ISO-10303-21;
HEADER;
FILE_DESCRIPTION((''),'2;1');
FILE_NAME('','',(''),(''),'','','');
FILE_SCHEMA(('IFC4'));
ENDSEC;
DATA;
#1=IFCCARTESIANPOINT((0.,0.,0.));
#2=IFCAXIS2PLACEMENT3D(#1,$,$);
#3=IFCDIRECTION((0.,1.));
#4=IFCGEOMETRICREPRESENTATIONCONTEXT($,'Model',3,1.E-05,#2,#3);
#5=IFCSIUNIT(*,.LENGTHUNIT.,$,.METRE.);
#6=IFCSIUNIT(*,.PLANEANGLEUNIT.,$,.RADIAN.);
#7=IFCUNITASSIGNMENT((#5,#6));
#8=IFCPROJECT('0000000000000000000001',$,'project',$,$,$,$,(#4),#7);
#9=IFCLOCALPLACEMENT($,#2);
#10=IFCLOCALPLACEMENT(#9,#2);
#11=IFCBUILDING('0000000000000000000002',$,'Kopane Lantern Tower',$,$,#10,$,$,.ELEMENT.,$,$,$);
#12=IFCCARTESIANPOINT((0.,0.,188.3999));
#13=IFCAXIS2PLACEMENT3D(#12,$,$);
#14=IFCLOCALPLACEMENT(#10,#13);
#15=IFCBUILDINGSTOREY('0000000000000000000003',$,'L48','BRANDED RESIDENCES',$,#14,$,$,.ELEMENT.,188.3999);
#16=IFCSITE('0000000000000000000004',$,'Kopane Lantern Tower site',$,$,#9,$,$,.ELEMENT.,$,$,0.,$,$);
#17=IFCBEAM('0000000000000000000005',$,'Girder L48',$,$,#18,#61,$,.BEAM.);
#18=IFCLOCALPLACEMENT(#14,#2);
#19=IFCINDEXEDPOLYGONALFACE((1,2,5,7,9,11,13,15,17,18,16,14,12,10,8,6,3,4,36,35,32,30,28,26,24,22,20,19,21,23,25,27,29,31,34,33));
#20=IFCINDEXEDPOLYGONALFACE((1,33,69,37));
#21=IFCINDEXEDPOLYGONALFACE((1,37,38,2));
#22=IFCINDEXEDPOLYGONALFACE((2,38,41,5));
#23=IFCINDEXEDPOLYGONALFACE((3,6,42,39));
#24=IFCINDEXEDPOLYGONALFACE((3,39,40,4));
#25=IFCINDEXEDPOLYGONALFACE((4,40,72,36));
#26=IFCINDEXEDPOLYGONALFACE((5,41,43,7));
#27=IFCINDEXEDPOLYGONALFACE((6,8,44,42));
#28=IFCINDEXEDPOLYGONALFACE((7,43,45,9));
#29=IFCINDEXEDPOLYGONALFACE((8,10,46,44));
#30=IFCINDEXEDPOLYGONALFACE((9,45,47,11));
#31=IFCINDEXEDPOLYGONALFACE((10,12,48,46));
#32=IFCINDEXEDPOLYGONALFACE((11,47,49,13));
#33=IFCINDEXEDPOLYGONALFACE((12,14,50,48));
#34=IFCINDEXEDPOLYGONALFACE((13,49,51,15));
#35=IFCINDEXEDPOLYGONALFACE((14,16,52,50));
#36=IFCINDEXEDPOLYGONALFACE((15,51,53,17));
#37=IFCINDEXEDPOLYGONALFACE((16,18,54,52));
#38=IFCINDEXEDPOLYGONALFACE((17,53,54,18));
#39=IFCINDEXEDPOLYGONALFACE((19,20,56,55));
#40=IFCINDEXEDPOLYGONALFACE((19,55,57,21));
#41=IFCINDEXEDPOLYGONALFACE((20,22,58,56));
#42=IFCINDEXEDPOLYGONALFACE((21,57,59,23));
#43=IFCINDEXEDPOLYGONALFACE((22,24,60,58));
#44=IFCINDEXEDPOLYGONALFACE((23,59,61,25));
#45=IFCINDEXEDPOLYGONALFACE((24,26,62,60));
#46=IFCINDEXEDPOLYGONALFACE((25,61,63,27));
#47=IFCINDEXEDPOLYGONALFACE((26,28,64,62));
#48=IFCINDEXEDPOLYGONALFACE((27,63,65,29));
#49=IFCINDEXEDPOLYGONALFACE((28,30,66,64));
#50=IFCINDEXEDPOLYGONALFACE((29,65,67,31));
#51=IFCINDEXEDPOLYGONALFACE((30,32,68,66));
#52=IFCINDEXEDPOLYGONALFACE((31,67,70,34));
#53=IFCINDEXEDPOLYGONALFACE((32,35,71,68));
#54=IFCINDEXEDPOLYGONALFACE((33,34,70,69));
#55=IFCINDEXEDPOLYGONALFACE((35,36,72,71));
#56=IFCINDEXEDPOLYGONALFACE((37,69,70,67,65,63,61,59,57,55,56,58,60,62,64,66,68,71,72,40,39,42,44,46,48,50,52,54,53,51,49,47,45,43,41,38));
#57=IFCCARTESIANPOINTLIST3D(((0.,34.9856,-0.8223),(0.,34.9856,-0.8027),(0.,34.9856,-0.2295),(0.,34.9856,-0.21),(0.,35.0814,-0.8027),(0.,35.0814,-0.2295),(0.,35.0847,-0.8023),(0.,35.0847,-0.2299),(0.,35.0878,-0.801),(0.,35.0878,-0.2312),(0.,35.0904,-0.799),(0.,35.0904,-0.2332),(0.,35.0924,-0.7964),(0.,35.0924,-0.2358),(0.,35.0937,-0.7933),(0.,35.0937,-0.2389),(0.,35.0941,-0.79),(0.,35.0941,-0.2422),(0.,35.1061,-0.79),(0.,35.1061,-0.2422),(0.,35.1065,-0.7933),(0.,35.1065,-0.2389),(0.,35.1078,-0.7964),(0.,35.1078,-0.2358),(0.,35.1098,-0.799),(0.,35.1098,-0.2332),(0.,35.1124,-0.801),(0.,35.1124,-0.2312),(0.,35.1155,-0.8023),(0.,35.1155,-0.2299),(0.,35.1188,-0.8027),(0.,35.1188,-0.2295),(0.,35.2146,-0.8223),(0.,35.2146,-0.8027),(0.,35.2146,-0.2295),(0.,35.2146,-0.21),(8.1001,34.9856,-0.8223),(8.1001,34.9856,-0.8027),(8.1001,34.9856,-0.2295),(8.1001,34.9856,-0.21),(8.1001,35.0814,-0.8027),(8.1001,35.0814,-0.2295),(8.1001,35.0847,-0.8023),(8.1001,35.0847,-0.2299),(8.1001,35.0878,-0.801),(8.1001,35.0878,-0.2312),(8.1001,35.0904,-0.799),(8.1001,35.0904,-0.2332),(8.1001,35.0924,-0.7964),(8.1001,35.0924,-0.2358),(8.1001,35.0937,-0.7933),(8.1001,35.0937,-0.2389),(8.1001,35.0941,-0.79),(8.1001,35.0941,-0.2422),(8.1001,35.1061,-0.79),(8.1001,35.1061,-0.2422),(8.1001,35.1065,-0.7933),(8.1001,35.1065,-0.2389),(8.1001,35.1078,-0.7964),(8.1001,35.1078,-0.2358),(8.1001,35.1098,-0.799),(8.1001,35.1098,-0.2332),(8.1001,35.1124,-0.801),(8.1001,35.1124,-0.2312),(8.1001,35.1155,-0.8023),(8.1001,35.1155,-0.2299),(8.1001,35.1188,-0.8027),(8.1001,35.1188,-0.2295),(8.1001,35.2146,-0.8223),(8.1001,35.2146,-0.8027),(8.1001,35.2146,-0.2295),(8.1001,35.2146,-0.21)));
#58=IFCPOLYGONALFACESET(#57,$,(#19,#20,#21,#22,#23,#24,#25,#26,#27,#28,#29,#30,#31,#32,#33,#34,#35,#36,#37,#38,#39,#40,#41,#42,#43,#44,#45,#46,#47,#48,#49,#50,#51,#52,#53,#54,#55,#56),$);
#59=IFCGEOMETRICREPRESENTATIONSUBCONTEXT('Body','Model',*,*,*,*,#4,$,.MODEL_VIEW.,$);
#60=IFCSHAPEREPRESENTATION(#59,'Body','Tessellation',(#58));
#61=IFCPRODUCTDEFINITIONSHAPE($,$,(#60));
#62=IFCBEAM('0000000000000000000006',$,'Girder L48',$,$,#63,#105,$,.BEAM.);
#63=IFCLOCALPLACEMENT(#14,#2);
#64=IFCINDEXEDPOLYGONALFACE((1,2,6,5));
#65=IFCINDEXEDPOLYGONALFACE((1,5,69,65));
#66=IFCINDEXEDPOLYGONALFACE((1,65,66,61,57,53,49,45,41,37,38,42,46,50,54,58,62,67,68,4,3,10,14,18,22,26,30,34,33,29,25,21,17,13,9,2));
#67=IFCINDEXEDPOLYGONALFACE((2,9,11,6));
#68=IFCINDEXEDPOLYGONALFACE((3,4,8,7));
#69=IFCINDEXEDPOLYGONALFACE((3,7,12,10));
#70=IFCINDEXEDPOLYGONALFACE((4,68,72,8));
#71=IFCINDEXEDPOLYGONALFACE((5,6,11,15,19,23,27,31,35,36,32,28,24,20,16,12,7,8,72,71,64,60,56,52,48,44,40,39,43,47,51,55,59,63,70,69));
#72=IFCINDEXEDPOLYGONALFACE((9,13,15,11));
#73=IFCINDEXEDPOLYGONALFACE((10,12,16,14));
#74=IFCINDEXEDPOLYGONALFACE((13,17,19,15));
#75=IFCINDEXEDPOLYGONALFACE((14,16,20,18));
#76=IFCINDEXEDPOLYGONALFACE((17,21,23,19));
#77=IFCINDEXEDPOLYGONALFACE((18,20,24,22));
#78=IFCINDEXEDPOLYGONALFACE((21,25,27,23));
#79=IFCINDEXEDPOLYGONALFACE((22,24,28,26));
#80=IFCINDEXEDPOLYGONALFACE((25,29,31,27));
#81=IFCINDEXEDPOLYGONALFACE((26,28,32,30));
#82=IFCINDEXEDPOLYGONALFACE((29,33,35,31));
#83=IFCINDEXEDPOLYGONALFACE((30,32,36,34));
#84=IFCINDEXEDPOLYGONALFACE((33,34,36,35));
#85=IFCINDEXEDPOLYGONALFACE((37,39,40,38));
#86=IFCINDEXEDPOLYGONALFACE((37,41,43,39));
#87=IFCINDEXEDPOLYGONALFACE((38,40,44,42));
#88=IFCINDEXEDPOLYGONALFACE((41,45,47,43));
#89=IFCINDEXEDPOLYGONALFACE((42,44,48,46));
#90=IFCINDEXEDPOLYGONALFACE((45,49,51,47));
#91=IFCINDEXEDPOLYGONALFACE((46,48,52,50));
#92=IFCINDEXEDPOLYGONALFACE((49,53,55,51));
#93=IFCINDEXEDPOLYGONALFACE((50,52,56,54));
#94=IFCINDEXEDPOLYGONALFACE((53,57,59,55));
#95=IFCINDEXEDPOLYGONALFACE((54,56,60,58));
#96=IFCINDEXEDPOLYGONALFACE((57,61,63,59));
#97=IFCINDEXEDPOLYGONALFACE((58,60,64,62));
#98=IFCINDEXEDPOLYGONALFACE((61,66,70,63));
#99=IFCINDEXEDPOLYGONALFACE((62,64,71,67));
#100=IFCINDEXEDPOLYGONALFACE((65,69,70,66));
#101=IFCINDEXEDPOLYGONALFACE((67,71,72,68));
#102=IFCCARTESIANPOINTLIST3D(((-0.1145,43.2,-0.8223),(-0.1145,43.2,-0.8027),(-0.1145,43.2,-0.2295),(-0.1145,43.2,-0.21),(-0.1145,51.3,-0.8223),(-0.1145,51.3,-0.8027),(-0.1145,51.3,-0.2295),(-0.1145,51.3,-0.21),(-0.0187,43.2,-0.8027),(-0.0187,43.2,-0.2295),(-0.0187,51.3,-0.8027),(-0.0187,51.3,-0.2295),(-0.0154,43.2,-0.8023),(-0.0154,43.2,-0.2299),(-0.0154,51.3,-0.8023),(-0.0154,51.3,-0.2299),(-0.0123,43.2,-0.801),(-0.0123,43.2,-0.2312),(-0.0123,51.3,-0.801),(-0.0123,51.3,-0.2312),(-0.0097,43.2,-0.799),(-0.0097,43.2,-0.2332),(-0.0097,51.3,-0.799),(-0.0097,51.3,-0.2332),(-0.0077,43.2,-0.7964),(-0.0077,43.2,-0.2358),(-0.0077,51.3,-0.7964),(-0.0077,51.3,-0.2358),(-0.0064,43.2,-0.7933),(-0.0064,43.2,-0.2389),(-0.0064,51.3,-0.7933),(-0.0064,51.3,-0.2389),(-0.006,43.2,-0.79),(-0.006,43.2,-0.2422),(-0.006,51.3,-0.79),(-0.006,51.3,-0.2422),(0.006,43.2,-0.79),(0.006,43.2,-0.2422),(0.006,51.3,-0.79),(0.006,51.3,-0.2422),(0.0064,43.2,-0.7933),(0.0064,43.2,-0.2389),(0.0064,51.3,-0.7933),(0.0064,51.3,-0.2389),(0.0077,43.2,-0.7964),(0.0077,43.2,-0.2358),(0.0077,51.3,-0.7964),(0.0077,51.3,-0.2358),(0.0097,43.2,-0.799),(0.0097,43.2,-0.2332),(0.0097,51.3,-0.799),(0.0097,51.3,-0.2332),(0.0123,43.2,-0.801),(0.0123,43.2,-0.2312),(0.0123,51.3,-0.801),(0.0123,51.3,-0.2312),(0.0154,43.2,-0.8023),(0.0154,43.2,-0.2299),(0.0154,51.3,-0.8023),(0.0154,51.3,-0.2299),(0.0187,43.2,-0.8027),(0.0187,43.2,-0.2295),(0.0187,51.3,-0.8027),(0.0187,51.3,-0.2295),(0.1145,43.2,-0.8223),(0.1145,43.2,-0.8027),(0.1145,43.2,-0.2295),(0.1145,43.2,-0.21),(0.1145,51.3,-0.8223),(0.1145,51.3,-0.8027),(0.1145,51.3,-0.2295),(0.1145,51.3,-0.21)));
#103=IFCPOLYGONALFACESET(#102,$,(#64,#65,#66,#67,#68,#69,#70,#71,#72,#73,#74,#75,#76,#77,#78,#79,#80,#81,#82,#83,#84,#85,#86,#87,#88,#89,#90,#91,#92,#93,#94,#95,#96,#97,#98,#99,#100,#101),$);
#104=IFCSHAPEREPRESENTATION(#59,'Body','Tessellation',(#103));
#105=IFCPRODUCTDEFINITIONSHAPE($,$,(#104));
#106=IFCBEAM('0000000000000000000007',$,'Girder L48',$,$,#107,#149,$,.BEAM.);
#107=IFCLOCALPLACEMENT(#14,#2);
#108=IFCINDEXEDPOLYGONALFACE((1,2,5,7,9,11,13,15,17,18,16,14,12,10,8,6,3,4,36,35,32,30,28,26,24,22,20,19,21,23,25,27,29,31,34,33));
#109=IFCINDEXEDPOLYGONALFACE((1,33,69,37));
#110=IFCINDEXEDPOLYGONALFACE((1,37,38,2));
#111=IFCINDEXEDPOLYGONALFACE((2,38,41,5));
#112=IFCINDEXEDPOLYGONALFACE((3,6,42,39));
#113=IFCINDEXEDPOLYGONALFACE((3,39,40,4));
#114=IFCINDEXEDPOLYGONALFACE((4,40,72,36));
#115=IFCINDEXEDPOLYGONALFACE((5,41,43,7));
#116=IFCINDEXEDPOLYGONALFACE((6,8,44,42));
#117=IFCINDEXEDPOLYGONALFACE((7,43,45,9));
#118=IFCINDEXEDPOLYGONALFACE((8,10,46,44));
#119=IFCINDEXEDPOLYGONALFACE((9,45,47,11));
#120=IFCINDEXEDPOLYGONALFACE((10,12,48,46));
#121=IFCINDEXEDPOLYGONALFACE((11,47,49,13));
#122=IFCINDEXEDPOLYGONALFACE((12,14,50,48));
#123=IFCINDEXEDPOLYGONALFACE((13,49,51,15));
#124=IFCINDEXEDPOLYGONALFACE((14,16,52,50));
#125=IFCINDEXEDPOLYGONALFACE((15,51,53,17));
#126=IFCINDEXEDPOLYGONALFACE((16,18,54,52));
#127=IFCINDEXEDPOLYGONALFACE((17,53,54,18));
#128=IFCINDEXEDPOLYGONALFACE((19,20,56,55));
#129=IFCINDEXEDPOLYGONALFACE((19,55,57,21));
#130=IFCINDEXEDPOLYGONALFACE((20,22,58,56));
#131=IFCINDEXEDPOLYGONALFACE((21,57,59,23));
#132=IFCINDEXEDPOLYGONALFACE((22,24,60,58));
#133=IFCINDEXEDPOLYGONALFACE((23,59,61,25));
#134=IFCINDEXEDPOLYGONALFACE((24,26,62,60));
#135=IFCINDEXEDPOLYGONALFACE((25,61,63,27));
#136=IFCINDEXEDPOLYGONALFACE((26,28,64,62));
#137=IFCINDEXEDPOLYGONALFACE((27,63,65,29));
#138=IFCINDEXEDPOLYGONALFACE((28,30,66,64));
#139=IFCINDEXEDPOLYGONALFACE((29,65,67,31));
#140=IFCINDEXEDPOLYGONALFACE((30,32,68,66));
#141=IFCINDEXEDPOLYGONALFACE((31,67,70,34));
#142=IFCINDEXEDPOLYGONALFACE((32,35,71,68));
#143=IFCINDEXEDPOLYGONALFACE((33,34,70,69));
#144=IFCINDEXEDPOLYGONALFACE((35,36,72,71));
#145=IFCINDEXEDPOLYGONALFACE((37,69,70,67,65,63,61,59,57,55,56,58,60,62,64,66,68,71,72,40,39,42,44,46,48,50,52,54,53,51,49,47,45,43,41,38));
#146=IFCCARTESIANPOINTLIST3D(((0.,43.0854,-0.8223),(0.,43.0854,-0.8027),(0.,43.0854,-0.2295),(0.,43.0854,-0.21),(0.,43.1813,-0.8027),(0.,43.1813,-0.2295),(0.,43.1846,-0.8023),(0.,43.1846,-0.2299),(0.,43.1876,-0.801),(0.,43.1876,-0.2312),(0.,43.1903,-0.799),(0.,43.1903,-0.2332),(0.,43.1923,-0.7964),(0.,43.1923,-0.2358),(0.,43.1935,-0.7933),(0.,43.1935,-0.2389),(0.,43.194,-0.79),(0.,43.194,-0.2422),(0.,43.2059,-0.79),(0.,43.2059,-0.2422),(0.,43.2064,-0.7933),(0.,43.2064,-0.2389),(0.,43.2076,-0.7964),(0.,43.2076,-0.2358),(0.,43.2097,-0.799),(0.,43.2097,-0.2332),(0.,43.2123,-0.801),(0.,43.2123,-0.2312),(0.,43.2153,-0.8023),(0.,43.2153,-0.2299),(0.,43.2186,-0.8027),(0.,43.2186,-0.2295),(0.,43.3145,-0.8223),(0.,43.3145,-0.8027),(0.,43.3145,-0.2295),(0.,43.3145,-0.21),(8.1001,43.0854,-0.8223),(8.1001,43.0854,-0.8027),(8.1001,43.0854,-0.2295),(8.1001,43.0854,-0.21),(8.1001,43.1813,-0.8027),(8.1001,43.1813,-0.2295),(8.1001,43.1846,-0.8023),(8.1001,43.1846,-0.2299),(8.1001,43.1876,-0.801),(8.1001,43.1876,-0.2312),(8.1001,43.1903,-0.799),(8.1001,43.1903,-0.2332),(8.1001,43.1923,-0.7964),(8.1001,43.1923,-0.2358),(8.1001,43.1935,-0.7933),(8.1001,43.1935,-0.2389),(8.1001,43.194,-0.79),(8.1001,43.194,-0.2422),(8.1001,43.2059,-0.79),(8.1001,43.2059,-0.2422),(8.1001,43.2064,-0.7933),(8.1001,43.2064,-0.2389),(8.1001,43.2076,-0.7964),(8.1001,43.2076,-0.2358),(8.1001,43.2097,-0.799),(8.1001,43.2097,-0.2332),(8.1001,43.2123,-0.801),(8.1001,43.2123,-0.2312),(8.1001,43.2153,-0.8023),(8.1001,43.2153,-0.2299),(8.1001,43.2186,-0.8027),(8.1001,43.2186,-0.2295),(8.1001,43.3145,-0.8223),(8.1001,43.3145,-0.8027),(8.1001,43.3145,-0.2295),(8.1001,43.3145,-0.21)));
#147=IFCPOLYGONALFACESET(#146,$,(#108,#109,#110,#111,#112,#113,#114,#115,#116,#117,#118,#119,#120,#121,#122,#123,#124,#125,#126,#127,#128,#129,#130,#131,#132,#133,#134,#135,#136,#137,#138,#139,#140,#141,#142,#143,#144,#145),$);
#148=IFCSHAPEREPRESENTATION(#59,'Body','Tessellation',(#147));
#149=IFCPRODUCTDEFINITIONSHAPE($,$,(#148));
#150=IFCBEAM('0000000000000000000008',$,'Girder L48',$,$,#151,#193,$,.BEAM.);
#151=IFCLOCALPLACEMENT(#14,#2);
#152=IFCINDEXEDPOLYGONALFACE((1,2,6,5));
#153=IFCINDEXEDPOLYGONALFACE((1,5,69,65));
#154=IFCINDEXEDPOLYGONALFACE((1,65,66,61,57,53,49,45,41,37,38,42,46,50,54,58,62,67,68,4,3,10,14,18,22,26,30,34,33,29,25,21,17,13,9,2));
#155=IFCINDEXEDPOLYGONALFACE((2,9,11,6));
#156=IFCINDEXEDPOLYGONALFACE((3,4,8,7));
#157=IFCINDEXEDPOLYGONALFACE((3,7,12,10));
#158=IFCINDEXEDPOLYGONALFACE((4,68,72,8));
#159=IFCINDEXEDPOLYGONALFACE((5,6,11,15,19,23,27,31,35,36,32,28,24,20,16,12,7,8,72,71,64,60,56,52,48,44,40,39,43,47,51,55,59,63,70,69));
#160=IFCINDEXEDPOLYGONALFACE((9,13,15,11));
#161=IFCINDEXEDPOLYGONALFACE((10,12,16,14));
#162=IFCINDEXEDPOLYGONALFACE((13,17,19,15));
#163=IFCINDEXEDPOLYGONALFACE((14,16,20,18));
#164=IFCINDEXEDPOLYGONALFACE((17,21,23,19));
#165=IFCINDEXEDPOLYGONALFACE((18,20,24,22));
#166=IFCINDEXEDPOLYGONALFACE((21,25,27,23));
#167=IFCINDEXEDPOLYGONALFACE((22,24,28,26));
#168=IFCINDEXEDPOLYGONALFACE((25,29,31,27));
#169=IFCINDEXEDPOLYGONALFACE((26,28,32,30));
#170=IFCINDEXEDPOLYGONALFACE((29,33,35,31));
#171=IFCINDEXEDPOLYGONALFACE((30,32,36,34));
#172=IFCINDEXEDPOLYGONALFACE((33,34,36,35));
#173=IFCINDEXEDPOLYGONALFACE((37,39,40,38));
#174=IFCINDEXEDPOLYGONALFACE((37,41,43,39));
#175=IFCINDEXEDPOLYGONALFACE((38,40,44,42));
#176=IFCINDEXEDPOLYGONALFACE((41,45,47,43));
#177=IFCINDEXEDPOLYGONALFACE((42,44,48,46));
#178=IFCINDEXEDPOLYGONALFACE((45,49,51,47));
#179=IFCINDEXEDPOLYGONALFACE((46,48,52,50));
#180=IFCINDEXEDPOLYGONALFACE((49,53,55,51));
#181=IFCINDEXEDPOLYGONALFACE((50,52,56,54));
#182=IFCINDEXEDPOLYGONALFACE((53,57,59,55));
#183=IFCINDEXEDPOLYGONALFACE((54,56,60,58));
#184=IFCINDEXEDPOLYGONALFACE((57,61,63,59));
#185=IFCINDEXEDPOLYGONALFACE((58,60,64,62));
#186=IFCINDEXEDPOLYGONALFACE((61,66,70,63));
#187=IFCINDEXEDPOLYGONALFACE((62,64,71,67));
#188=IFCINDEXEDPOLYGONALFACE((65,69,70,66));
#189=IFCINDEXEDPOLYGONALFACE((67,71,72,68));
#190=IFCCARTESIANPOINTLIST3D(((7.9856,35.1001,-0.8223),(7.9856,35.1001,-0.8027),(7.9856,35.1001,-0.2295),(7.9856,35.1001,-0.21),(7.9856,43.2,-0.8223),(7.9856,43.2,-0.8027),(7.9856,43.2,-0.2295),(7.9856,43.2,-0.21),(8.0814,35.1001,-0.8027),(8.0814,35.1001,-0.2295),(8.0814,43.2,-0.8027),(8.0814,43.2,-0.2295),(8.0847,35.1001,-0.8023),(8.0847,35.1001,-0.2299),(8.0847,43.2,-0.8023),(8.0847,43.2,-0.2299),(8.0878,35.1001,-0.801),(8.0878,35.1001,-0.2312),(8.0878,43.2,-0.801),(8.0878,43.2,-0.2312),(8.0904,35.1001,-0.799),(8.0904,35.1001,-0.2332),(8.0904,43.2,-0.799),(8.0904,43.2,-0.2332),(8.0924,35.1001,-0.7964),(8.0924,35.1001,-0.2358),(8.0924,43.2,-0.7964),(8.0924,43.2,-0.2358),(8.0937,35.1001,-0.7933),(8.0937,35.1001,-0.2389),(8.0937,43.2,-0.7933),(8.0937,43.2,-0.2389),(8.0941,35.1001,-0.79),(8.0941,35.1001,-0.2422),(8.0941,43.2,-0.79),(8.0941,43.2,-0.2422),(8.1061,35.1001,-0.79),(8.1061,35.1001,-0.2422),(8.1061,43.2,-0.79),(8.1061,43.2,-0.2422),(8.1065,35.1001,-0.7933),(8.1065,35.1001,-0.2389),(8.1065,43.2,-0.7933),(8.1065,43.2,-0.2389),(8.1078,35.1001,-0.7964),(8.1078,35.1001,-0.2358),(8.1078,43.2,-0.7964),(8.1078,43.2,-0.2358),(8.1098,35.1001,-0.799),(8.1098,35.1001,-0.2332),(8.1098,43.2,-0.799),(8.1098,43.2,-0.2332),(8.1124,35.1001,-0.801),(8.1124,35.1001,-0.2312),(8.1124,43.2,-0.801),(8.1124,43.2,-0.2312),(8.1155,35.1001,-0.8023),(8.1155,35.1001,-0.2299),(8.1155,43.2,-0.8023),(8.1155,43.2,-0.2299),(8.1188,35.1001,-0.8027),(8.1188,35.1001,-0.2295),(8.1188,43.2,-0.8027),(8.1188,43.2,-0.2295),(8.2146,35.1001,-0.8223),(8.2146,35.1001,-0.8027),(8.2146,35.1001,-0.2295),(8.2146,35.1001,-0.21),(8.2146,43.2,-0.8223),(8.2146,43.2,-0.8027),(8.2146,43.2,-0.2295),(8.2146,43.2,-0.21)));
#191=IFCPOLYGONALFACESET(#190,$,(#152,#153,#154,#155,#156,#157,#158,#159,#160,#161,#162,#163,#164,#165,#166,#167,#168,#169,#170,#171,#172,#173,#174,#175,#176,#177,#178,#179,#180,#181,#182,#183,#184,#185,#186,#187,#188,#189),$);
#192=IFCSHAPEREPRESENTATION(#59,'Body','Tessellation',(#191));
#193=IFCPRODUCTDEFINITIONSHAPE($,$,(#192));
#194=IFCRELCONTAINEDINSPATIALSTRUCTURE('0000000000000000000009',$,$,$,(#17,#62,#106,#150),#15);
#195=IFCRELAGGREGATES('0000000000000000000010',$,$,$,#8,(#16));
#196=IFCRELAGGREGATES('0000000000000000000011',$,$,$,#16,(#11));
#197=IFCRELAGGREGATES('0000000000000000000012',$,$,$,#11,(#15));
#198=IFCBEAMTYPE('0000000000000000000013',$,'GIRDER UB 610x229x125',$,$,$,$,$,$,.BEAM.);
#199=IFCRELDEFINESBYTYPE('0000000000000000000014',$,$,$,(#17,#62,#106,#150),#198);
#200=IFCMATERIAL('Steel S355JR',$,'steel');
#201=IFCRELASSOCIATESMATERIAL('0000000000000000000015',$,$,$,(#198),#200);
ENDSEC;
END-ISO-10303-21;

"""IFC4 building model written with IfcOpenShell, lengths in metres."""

from ifc_helpers import new_model, si_unit, direction, frame, origin, origin_2d, place, context, subcontext, project, spatial, i_section, extrude, material, material_profile, profile_set, type_object, element, save


model = new_model("IFC4")

# Units and contexts
model_context = context("Model", 3, precision=1e-05, world=origin(), true_north=direction((0.0, 1.0)))
body_context = subcontext(model_context, "Body", "Model", "MODEL_VIEW")
ifc_project = project(units=[si_unit("LENGTHUNIT", "METRE"), si_unit("PLANEANGLEUNIT", "RADIAN")], contexts=[model_context])

# Site, building, storey
site_placement = place(None, origin())
site = spatial("IfcSite", under=ifc_project, at=site_placement, Name="Kopane Lantern Tower site", CompositionType="ELEMENT", RefElevation=0.0)
building_placement = place(site_placement, origin())
building = spatial("IfcBuilding", under=site, at=building_placement, Name="Kopane Lantern Tower", CompositionType="ELEMENT")
storey_placement = place(building_placement, frame((0.0, 0.0, 188.3999)))
storey = spatial("IfcBuildingStorey", under=building, at=storey_placement, Name="L48", Description="BRANDED RESIDENCES", CompositionType="ELEMENT", Elevation=188.3999)

# Beams
ifc_material_1 = material(Name="Steel S355JR", Category="steel")
ifc_material_profile_1 = material_profile(ifc_material_1, i_section(OverallWidth=0.229, OverallDepth=0.6123, WebThickness=0.012, FlangeThickness=0.0195, FilletRadius=0.0127, at=origin_2d()), Name="UB 610x229x125")
ifc_profile_set_1 = profile_set([ifc_material_profile_1], Name="Steel S355JR")
beam_type = type_object("IfcBeamType", Name="GIRDER UB 610x229x125", PredefinedType="BEAM", material=ifc_profile_set_1)
for number, where, z_axis, x_axis, name in (
    (1, (0.0, 35.1001, -0.5161), (1.0, 0.0, 0.0), (0.0, 1.0, 0.0), "Girder L48"),
    (2, (0.0, 43.2, -0.5161), (0.0, 1.0, 0.0), (-1.0, 0.0, 0.0), "Girder L48"),
    (3, (0.0, 43.2, -0.5161), (1.0, 0.0, 0.0), (0.0, 1.0, 0.0), "Girder L48"),
):
    element("IfcBeam", number, at=place(storey_placement, frame(where, z_axis=z_axis, x_axis=x_axis)), inside=storey, type_object=beam_type, Name=name, PredefinedType="BEAM", context=body_context, shape_type="SweptSolid", body=[
        extrude(i_section(OverallWidth=0.229, OverallDepth=0.6123, WebThickness=0.012, FlangeThickness=0.0195, FilletRadius=0.0127, at=origin_2d()), origin(), (0.0, 0.0, 1.0), 8.1001),
    ])
for number, where, z_axis, x_axis, name in (
    (4, (8.1001, 35.1001, -0.5161), (0.0, 1.0, 0.0), (-1.0, 0.0, 0.0), "Girder L48"),
):
    element("IfcBeam", number, at=place(storey_placement, frame(where, z_axis=z_axis, x_axis=x_axis)), inside=storey, type_object=beam_type, Name=name, PredefinedType="BEAM", context=body_context, shape_type="SweptSolid", body=[
        extrude(i_section(OverallWidth=0.229, OverallDepth=0.6123, WebThickness=0.012, FlangeThickness=0.0195, FilletRadius=0.0127, at=origin_2d()), origin(), (0.0, 0.0, 1.0), 8.0999),
    ])

save(model, "model.ifc")
